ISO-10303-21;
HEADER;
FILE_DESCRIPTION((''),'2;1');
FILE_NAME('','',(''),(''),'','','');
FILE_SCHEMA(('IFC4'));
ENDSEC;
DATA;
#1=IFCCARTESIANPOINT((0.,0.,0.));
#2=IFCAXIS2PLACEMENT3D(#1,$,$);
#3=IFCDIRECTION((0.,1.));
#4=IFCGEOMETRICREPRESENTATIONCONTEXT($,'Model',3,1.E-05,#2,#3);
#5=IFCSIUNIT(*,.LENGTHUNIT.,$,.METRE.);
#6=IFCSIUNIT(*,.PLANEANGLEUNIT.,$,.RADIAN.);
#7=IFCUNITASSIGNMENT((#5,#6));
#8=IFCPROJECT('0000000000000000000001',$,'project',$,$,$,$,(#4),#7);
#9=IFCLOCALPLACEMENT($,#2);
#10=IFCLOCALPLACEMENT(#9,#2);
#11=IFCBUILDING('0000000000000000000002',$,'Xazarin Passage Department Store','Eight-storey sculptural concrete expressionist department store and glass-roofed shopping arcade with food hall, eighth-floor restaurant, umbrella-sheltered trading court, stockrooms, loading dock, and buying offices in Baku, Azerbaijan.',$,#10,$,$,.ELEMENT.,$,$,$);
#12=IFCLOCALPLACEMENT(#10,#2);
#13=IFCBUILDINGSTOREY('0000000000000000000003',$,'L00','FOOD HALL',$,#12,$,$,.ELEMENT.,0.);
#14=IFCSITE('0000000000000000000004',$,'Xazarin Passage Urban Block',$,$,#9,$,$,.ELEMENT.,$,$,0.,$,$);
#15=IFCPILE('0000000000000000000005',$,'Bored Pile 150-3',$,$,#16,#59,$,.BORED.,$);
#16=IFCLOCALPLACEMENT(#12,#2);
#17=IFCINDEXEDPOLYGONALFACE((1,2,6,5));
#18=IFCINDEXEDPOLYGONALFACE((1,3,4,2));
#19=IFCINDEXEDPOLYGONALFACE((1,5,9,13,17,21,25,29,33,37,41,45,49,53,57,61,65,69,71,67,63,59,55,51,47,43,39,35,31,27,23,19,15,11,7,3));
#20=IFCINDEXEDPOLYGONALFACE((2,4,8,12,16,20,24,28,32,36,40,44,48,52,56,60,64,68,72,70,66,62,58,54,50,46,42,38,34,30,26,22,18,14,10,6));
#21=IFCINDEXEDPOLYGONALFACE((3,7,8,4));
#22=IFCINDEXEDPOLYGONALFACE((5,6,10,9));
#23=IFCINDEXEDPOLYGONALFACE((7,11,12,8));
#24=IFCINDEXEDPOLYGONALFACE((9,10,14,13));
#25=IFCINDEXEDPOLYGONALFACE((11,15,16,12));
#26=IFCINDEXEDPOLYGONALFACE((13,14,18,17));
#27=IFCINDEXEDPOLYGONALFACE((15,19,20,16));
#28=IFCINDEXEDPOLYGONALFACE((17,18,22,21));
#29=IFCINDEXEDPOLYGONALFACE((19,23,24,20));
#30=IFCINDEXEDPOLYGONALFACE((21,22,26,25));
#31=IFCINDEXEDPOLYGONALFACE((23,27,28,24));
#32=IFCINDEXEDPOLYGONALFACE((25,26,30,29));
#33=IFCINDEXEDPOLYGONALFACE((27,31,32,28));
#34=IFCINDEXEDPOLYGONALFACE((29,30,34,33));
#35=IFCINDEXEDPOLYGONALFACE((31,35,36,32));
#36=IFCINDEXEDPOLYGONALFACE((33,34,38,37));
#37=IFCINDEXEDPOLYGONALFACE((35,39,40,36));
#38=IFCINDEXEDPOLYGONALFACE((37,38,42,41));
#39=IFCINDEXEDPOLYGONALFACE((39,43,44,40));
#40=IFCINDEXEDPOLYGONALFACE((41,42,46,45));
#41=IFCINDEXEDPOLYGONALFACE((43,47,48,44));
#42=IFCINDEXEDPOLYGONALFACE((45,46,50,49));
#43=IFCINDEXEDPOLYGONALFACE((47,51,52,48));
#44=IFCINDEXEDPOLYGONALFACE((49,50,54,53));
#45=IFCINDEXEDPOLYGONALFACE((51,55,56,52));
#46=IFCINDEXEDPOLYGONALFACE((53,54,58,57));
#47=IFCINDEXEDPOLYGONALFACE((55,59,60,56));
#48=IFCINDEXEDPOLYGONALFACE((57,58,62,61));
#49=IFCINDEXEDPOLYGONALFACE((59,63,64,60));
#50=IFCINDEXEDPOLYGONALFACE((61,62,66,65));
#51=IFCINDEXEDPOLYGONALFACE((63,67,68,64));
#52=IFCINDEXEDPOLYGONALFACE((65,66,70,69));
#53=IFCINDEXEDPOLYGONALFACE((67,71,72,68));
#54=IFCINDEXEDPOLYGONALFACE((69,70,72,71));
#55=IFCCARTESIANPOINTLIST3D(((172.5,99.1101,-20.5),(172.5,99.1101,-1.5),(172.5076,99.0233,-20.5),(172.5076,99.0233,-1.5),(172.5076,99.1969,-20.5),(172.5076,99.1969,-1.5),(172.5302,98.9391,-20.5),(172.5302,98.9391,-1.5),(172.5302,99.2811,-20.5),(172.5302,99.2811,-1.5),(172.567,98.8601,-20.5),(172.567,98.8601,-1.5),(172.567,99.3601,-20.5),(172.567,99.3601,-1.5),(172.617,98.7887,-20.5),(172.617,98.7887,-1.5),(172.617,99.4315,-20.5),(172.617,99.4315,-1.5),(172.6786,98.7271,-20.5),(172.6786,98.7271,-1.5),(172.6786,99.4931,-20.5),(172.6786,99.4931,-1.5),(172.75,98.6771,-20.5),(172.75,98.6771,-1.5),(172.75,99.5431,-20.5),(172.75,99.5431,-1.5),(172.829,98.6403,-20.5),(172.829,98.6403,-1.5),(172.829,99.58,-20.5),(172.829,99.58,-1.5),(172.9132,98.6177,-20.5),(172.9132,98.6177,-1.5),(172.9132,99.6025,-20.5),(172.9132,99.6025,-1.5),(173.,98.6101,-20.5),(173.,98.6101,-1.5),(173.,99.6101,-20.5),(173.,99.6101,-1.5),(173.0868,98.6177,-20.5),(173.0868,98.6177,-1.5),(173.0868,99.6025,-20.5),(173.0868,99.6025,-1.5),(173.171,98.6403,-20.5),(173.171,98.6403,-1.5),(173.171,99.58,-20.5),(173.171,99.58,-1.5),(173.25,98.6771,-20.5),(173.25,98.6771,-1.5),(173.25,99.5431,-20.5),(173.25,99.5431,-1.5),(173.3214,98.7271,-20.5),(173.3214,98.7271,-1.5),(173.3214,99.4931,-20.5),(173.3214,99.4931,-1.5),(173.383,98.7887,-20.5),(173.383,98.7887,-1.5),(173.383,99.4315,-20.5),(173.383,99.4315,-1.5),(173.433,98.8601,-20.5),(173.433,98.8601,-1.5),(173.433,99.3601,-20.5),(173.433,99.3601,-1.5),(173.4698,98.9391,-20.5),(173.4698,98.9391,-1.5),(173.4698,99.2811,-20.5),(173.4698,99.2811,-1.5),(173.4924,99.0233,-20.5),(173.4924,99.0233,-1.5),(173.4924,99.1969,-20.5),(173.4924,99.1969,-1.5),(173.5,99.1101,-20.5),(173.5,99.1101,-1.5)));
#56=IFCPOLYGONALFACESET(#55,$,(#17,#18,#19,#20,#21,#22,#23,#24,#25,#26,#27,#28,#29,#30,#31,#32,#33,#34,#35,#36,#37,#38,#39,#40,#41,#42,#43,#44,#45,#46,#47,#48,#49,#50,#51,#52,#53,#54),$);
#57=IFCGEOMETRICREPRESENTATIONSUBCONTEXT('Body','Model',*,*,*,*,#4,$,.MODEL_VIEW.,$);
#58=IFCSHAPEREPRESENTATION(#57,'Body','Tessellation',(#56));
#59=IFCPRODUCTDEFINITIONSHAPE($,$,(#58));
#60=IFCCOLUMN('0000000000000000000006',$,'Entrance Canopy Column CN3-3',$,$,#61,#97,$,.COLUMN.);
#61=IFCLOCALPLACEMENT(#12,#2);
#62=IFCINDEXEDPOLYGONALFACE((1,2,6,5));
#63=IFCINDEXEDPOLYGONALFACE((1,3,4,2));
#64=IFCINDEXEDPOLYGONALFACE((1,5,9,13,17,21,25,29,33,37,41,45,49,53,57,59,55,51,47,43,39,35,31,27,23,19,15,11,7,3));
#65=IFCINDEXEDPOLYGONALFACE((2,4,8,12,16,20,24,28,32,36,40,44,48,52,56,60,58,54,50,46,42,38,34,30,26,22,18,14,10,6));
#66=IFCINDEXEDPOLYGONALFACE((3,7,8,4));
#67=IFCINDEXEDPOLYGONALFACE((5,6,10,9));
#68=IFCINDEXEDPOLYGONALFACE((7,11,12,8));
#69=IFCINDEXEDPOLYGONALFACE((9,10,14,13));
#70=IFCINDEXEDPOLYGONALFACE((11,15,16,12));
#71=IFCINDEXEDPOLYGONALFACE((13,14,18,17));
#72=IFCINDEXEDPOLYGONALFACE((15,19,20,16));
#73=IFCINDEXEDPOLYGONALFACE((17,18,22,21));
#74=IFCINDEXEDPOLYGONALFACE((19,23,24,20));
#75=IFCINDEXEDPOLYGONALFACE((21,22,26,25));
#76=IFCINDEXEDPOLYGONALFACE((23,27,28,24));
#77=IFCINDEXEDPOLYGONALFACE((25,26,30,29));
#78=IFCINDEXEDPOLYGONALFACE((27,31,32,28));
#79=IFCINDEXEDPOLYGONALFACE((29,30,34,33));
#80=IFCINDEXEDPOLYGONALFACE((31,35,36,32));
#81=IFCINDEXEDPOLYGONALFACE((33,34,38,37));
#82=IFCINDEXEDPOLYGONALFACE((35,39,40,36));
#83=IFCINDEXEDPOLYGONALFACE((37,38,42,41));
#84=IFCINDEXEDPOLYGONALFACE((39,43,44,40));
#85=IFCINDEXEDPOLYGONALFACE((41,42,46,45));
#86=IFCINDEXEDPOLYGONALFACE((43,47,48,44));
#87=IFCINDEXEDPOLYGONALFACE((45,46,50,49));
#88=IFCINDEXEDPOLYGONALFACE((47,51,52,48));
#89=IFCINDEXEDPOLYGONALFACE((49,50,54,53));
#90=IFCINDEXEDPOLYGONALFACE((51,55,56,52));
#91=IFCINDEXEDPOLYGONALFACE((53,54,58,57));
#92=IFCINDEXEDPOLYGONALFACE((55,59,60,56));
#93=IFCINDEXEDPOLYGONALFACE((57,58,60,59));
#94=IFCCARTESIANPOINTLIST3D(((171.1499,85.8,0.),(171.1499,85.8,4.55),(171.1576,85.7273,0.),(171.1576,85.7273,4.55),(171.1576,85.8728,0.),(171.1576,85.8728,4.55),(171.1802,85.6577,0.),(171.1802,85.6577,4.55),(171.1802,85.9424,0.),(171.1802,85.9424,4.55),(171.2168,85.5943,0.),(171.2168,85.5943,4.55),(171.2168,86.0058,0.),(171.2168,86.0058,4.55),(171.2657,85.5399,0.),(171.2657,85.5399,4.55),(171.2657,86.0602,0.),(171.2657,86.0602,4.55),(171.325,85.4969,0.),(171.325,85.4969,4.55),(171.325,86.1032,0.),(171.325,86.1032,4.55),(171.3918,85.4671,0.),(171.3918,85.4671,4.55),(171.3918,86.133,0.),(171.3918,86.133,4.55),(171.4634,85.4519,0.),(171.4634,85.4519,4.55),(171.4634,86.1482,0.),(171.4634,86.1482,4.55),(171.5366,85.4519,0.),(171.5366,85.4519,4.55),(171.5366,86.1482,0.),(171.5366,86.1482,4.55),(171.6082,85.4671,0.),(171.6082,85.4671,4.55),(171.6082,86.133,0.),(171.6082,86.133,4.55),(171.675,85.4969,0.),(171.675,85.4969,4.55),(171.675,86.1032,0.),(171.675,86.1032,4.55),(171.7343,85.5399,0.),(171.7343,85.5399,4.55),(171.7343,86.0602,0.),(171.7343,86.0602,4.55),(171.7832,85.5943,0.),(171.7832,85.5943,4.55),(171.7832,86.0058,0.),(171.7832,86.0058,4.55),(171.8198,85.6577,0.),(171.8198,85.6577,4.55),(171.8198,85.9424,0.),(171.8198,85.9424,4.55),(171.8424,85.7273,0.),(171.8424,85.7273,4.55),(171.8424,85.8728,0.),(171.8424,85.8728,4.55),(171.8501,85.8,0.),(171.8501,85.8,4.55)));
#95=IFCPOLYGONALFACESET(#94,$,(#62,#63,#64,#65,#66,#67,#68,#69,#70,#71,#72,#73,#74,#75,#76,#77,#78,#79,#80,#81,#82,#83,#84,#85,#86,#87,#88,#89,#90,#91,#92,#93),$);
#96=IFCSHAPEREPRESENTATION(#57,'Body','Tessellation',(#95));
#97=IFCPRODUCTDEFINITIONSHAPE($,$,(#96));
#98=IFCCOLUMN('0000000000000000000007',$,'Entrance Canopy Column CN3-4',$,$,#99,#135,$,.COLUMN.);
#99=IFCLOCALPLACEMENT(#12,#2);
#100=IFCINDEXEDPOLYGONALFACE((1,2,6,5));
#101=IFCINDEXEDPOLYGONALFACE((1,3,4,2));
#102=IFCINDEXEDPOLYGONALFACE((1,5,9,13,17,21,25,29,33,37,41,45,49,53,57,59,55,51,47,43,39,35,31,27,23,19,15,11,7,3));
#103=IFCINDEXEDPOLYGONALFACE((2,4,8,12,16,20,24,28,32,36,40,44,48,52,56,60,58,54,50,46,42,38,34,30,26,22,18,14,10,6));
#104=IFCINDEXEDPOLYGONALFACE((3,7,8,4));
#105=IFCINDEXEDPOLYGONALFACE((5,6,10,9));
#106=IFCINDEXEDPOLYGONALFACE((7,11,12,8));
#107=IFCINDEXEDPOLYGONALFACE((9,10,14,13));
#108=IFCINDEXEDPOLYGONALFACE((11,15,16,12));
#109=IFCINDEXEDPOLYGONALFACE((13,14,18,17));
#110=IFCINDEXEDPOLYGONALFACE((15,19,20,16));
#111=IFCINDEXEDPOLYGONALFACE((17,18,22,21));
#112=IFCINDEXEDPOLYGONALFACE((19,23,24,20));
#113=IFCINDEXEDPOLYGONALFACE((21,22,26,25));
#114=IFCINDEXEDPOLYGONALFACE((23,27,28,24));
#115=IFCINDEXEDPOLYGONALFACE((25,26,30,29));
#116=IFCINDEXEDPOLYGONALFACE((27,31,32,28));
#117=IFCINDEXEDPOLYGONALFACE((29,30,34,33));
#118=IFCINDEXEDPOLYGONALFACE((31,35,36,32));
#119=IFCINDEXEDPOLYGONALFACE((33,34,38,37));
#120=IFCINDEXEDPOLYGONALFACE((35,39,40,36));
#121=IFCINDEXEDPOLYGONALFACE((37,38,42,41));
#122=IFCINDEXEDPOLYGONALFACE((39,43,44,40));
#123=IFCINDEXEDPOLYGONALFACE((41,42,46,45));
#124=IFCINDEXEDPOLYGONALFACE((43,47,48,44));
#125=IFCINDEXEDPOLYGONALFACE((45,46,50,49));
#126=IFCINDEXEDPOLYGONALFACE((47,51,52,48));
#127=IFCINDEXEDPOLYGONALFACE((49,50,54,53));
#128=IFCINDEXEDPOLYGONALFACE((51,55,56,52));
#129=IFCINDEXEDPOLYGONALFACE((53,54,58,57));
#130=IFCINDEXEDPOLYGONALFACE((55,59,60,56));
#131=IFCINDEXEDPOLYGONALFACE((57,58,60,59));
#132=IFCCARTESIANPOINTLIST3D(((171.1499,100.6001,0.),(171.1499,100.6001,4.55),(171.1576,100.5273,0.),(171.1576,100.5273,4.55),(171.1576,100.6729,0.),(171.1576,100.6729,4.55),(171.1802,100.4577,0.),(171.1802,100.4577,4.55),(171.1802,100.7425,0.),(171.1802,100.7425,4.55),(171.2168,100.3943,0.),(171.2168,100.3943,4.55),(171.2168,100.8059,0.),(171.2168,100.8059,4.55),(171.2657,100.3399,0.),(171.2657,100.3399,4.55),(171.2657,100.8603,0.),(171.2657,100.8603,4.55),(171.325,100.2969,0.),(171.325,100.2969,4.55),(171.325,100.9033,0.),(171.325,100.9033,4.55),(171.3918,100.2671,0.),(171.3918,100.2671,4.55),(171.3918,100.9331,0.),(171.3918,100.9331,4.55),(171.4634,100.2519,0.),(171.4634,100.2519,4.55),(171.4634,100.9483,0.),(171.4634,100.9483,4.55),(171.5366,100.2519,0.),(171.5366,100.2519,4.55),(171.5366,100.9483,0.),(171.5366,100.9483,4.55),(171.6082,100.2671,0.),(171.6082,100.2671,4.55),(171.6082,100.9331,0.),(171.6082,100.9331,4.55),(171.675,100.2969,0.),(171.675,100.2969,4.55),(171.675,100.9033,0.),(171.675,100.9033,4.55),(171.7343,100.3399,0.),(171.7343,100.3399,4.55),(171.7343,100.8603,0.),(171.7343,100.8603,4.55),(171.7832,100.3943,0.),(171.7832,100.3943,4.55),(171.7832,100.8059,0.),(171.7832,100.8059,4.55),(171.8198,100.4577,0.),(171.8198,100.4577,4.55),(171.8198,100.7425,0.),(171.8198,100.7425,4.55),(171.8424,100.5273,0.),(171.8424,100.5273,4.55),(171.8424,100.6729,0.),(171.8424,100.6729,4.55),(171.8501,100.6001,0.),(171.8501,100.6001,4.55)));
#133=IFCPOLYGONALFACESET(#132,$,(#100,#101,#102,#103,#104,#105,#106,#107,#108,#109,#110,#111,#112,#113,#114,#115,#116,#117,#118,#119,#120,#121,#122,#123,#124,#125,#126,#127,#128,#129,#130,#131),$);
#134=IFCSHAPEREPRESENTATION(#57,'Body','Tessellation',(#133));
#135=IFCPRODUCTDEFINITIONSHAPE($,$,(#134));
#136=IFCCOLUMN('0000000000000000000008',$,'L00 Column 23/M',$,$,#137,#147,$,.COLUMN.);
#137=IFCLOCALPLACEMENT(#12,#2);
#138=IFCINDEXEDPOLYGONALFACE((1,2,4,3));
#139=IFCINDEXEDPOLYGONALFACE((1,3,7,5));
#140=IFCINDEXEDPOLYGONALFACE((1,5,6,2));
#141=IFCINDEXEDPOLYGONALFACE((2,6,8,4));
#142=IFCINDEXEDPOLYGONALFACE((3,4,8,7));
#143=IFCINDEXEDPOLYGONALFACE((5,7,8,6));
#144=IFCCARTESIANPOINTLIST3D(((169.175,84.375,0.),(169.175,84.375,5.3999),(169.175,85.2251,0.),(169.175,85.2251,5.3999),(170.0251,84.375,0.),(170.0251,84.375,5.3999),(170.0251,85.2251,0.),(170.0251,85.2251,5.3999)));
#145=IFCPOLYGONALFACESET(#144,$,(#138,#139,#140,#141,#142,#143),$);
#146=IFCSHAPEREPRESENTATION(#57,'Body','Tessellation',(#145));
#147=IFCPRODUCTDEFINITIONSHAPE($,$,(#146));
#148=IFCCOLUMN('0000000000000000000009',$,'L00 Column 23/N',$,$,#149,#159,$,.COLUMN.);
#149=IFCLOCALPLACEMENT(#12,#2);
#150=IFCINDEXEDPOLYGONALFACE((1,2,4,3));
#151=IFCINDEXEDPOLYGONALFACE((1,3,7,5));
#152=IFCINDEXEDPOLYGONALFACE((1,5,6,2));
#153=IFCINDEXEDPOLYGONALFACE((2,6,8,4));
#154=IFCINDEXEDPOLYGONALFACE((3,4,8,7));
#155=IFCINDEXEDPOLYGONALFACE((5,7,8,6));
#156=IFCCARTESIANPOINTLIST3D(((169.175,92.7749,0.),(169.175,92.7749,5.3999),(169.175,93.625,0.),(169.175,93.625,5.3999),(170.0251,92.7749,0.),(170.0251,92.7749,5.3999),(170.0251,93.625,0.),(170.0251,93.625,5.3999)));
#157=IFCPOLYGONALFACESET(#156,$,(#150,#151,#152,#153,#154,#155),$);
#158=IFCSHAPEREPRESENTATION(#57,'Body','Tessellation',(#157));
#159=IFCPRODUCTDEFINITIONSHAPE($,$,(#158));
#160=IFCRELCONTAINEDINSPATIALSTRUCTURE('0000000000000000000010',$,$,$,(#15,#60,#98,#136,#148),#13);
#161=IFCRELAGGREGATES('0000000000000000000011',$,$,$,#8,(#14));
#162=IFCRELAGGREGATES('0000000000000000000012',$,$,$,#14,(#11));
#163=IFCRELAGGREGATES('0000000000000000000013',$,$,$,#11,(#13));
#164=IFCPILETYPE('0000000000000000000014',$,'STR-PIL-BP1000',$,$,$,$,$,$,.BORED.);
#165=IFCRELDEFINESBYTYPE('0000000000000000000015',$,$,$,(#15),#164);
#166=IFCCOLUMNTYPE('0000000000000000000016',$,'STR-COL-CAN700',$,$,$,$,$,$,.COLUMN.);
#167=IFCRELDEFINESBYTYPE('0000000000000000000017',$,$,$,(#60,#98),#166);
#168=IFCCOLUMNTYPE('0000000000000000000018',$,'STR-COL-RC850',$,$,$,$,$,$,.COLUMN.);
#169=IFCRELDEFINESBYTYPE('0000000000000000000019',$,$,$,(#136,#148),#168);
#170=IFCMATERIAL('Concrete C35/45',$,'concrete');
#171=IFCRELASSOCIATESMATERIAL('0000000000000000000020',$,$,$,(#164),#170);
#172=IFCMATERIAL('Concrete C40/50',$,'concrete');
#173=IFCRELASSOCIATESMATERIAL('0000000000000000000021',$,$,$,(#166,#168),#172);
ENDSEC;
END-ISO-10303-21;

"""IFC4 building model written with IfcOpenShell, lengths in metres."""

from ifc_helpers import new_model, si_unit, direction, frame, origin, origin_2d, place, context, subcontext, project, spatial, rectangle, circle, extrude, material, material_profile, profile_set, type_object, element, save


model = new_model("IFC4")

# Units and contexts
model_context = context("Model", 3, precision=1e-05, world=origin(), true_north=direction((0.0, 1.0)))
body_context = subcontext(model_context, "Body", "Model", "MODEL_VIEW")
ifc_project = project(units=[si_unit("LENGTHUNIT", "METRE"), si_unit("PLANEANGLEUNIT", "RADIAN")], contexts=[model_context])

# Site, building, storey
site_placement = place(None, origin())
site = spatial("IfcSite", under=ifc_project, at=site_placement, Name="Xazarin Passage Urban Block", CompositionType="ELEMENT", RefElevation=0.0)
building_placement = place(site_placement, origin())
building = spatial("IfcBuilding", under=site, at=building_placement, Name="Xazarin Passage Department Store", Description="Eight-storey sculptural concrete expressionist department store and glass-roofed shopping arcade with food hall, eighth-floor restaurant, umbrella-sheltered trading court, stockrooms, loading dock, and buying offices in Baku, Azerbaijan.", CompositionType="ELEMENT")
storey_placement = place(building_placement, origin())
storey = spatial("IfcBuildingStorey", under=building, at=storey_placement, Name="L00", Description="FOOD HALL", CompositionType="ELEMENT", Elevation=0.0)

# Shared definitions
ifc_material_1 = material(Name="Concrete C35/45", Category="concrete")

# Pile
ifc_material_profile_1 = material_profile(ifc_material_1, circle(Radius=0.5, at=origin_2d()), Name="BP 1000")
ifc_profile_set_1 = profile_set([ifc_material_profile_1], Name="Concrete C35/45")
pile_type = type_object("IfcPileType", Name="STR-PIL-BP1000", PredefinedType="BORED", material=ifc_profile_set_1)
for number, where, z_axis, x_axis, name in (
    (1, (173.0, 99.1101, -1.5), (0.0, 0.0, -1.0), (1.0, 0.0, 0.0), "Bored Pile 150-3"),
):
    element("IfcPile", number, at=place(storey_placement, frame(where, z_axis=z_axis, x_axis=x_axis)), inside=storey, type_object=pile_type, Name=name, PredefinedType="BORED", context=body_context, shape_type="SweptSolid", body=[
        extrude(circle(Radius=0.5, at=origin_2d()), origin(), (0.0, 0.0, 1.0), 19.0),
    ])

# Columns
ifc_material_2 = material(Name="Concrete C40/50", Category="concrete")
ifc_material_profile_2 = material_profile(ifc_material_2, circle(Radius=0.3501, at=origin_2d()), Name="RCD 700")
ifc_profile_set_2 = profile_set([ifc_material_profile_2], Name="Concrete C40/50")
column_type_1 = type_object("IfcColumnType", Name="STR-COL-CAN700", PredefinedType="COLUMN", material=ifc_profile_set_2)
for number, where, z_axis, x_axis, name in (
    (2, (171.5, 85.8, 0.0), (0.0, 0.0, 1.0), (1.0, 0.0, 0.0), "Entrance Canopy Column CN3-3"),
    (3, (171.5, 100.6001, 0.0), (0.0, 0.0, 1.0), (1.0, 0.0, 0.0), "Entrance Canopy Column CN3-4"),
):
    element("IfcColumn", number, at=place(storey_placement, frame(where, z_axis=z_axis, x_axis=x_axis)), inside=storey, type_object=column_type_1, Name=name, PredefinedType="COLUMN", context=body_context, shape_type="SweptSolid", body=[
        extrude(circle(Radius=0.3501, at=origin_2d()), origin(), (0.0, 0.0, 1.0), 4.55),
    ])
ifc_material_profile_3 = material_profile(ifc_material_2, rectangle(XDim=0.8501, YDim=0.8501, at=origin_2d()), Name="RC 850x850")
ifc_profile_set_3 = profile_set([ifc_material_profile_3], Name="Concrete C40/50")
column_type_2 = type_object("IfcColumnType", Name="STR-COL-RC850", PredefinedType="COLUMN", material=ifc_profile_set_3)
for number, where, z_axis, x_axis, name in (
    (4, (169.6001, 84.8, 0.0), (0.0, 0.0, 1.0), (1.0, 0.0, 0.0), "L00 Column 23/M"),
    (5, (169.6001, 93.2, 0.0), (0.0, 0.0, 1.0), (1.0, 0.0, 0.0), "L00 Column 23/N"),
):
    element("IfcColumn", number, at=place(storey_placement, frame(where, z_axis=z_axis, x_axis=x_axis)), inside=storey, type_object=column_type_2, Name=name, PredefinedType="COLUMN", context=body_context, shape_type="SweptSolid", body=[
        extrude(rectangle(XDim=0.8501, YDim=0.8501, at=origin_2d()), origin(), (0.0, 0.0, 1.0), 5.3999),
    ])

save(model, "model.ifc")
